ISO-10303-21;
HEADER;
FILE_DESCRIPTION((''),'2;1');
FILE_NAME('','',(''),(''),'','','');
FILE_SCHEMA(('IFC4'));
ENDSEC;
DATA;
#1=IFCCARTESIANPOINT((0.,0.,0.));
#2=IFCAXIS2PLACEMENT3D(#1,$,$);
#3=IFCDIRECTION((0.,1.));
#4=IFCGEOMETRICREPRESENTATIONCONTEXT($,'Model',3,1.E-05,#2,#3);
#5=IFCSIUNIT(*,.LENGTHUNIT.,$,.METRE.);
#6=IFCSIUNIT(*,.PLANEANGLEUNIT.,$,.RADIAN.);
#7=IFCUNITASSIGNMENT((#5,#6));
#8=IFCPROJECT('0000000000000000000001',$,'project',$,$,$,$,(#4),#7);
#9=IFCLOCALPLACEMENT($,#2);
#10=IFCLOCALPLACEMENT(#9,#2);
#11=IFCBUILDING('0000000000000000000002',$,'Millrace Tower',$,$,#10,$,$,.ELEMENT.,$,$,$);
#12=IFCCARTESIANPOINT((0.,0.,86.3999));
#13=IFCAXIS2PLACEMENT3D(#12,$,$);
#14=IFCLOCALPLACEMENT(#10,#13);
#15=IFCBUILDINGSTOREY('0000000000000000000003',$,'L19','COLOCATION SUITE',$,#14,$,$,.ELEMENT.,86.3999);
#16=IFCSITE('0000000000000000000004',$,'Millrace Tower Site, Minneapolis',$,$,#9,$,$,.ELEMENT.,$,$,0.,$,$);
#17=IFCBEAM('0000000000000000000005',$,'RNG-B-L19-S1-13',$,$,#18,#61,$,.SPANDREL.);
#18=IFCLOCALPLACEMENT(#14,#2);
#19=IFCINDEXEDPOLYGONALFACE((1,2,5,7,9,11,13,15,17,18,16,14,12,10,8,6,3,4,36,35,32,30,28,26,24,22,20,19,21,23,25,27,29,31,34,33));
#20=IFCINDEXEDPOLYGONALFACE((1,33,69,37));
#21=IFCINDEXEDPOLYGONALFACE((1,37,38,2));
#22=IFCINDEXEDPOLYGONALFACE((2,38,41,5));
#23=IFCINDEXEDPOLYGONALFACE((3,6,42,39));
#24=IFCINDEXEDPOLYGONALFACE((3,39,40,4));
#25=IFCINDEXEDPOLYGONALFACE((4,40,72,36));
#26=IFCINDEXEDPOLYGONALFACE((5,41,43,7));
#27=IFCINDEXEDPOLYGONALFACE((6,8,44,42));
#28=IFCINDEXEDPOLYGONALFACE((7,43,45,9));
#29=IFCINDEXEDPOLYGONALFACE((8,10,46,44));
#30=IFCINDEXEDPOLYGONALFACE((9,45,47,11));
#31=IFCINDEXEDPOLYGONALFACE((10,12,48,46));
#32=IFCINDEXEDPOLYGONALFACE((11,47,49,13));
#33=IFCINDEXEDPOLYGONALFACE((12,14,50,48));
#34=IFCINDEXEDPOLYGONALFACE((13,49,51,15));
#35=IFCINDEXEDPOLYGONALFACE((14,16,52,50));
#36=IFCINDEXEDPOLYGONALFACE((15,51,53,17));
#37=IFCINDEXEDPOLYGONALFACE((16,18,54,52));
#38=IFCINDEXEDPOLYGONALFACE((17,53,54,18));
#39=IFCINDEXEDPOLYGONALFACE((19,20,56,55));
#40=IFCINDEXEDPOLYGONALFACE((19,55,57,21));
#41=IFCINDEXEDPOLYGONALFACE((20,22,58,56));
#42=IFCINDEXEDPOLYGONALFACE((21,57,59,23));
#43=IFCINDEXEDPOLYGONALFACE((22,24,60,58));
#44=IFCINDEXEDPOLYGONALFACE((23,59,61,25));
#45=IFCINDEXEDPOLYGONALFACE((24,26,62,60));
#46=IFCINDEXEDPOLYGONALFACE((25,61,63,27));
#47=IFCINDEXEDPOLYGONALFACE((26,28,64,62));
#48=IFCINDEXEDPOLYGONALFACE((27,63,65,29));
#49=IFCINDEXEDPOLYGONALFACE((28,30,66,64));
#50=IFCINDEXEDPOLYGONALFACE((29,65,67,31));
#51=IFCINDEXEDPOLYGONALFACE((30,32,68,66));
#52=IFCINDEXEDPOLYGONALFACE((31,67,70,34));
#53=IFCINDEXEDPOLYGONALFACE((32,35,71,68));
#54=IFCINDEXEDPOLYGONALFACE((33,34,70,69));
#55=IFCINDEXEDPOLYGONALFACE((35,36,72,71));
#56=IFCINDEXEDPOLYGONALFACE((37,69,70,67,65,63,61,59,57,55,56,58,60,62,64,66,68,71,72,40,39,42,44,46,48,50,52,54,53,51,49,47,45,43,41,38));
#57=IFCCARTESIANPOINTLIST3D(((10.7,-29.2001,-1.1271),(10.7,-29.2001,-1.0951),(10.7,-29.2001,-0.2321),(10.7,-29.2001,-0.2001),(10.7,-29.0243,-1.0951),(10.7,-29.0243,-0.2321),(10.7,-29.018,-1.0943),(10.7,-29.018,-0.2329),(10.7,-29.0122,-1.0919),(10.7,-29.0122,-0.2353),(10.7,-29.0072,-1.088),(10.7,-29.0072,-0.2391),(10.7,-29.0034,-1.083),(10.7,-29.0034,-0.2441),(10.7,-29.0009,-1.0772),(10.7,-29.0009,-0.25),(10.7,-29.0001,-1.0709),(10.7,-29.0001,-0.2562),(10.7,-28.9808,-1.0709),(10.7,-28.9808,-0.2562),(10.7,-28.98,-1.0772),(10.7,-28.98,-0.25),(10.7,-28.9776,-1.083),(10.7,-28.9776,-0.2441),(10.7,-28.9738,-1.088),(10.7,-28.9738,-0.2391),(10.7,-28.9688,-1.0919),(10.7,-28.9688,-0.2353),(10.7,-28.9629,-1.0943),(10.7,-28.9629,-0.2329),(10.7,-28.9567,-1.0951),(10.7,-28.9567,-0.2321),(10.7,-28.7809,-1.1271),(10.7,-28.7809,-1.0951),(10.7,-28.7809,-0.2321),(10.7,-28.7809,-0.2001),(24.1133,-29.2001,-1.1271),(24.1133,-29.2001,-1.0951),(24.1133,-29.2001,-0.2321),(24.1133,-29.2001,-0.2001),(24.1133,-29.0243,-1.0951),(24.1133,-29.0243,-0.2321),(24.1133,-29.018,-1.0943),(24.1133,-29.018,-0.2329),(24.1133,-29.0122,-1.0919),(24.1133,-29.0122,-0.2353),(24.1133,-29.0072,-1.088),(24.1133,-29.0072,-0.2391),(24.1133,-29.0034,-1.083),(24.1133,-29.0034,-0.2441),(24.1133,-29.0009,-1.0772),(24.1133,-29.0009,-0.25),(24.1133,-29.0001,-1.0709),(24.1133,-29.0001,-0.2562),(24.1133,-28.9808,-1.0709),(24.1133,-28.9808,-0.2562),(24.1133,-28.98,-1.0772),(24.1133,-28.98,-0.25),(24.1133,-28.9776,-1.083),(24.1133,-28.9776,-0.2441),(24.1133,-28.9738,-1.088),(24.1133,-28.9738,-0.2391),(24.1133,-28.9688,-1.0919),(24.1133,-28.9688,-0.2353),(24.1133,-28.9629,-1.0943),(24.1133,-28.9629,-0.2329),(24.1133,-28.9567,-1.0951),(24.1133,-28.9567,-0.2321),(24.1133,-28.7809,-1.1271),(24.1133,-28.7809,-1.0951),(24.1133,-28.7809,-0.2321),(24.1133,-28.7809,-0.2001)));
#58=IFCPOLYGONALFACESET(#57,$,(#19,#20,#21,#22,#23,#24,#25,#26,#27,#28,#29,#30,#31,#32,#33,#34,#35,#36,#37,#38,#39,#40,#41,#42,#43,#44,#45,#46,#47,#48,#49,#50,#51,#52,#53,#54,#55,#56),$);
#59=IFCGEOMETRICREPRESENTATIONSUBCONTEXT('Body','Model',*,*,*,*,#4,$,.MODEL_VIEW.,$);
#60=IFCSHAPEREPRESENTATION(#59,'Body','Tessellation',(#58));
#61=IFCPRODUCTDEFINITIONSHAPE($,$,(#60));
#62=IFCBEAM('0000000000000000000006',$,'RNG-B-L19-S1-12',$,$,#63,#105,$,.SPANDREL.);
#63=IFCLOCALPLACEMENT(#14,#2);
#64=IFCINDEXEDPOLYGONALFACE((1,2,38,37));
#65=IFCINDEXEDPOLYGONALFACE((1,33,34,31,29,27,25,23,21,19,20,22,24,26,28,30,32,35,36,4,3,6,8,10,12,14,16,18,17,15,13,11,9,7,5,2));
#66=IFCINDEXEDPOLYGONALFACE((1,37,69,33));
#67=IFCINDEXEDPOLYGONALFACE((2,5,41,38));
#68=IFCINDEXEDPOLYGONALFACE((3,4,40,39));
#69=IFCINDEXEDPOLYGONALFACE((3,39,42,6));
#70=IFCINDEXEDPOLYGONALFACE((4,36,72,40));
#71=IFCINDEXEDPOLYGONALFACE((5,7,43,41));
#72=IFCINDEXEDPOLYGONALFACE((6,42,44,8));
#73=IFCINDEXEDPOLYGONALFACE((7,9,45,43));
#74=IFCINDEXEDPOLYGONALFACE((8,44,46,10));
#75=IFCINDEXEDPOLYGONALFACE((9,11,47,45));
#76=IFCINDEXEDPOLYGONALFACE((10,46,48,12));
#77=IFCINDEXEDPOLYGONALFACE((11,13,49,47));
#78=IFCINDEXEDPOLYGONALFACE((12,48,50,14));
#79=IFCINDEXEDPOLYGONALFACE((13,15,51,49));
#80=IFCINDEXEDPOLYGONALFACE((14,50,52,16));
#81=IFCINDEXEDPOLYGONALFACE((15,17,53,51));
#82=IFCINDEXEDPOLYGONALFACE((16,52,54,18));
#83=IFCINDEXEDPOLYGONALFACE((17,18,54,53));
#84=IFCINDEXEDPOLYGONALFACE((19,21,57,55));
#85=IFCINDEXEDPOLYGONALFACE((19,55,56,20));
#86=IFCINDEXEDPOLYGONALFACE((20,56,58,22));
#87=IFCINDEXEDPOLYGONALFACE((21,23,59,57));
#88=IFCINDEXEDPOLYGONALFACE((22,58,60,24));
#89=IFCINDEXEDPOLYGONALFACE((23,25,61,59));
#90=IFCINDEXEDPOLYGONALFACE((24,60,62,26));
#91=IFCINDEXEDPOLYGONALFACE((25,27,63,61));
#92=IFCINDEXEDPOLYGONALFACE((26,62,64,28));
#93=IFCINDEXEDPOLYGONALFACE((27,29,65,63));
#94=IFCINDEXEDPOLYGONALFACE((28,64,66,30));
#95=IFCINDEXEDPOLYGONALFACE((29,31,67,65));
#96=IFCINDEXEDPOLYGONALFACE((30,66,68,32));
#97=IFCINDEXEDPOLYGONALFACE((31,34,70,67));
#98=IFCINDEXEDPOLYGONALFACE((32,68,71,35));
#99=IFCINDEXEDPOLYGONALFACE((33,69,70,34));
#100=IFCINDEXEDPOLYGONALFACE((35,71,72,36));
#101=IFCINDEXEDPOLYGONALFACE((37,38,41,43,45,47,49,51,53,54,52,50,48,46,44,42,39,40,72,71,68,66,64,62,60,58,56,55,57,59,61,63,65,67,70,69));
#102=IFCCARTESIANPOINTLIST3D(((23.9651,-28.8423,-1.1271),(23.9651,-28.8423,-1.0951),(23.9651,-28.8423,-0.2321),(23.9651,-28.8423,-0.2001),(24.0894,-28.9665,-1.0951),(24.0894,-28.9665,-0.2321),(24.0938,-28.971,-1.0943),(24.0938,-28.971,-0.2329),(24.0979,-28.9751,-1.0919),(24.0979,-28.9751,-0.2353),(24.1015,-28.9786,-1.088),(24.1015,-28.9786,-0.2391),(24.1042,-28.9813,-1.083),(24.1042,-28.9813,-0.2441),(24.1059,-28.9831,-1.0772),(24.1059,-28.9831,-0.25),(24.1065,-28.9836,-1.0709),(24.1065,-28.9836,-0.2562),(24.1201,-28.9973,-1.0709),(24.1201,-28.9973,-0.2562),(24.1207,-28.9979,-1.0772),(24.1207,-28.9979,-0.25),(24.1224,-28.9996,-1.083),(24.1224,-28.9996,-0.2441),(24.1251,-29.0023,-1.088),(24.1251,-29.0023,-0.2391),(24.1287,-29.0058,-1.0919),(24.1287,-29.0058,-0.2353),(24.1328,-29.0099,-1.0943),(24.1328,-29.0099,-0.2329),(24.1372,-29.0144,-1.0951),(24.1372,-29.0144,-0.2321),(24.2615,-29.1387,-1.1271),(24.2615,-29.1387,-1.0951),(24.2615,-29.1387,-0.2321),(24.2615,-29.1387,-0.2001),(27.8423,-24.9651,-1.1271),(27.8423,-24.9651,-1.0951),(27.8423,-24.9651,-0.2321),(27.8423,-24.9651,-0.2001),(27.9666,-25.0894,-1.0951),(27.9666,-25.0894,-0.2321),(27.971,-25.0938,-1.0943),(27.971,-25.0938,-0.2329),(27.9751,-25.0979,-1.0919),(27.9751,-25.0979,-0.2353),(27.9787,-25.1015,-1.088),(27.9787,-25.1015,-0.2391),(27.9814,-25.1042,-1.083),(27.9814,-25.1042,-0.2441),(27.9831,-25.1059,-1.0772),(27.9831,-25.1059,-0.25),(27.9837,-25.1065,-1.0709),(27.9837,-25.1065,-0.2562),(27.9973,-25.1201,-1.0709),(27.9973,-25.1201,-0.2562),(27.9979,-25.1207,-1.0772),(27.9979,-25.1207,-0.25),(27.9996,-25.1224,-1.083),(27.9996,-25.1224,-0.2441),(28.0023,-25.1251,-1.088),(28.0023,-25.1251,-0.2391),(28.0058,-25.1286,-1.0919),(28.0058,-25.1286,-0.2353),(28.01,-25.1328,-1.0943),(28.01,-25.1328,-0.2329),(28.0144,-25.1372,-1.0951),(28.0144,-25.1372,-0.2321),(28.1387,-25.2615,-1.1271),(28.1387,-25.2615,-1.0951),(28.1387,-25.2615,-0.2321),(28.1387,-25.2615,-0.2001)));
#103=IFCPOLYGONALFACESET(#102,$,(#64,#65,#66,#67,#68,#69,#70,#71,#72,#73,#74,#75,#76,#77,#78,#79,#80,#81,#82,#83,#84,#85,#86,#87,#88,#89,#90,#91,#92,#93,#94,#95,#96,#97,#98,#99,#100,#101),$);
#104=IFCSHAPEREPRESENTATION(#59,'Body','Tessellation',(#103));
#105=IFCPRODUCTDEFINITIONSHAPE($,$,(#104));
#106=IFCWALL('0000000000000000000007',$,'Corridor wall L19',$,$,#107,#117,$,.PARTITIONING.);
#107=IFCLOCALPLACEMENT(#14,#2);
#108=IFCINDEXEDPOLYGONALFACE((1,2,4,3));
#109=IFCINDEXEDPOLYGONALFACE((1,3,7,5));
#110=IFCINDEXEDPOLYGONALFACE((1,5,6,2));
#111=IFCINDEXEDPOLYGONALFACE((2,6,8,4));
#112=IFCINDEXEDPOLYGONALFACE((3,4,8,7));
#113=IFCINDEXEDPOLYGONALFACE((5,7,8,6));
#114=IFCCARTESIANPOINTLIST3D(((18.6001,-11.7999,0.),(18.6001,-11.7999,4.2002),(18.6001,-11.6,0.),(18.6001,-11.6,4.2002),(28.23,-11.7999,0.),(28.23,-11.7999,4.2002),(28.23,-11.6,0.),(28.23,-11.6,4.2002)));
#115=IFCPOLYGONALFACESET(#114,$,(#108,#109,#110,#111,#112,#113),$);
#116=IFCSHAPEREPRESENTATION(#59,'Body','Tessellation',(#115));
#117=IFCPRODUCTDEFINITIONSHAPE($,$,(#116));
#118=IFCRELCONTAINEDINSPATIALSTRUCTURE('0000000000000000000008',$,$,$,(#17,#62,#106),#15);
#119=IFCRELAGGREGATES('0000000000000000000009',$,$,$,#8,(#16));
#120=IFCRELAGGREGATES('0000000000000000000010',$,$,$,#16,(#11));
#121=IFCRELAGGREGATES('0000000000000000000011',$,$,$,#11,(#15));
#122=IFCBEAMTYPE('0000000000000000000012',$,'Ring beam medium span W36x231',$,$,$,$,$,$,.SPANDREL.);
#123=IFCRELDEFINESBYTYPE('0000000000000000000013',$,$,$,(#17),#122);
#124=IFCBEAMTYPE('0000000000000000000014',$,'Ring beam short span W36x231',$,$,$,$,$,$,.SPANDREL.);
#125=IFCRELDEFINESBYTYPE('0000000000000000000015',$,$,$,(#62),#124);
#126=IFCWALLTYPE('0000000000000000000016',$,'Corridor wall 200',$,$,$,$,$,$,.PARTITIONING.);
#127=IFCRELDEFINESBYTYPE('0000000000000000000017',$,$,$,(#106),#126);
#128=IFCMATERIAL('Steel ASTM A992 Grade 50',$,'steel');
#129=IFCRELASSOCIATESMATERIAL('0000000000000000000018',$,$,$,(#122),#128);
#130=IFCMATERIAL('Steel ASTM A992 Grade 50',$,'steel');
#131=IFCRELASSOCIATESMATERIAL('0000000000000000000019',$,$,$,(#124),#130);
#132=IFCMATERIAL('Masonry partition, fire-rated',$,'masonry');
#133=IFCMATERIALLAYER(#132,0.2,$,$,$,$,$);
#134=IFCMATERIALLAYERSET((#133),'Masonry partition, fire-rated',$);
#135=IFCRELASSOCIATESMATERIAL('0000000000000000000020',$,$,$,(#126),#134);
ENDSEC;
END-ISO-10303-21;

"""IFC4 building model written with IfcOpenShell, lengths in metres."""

from ifc_helpers import new_model, si_unit, direction, frame, frame_2d, origin, origin_2d, place, context, subcontext, project, spatial, rectangle, i_section, extrude, material, layer, layer_set, material_profile, profile_set, type_object, element, save


model = new_model("IFC4")

# Units and contexts
model_context = context("Model", 3, precision=1e-05, world=origin(), true_north=direction((0.0, 1.0)))
body_context = subcontext(model_context, "Body", "Model", "MODEL_VIEW")
ifc_project = project(units=[si_unit("LENGTHUNIT", "METRE"), si_unit("PLANEANGLEUNIT", "RADIAN")], contexts=[model_context])

# Site, building, storey
site_placement = place(None, origin())
site = spatial("IfcSite", under=ifc_project, at=site_placement, Name="Millrace Tower Site, Minneapolis", CompositionType="ELEMENT", RefElevation=0.0)
building_placement = place(site_placement, origin())
building = spatial("IfcBuilding", under=site, at=building_placement, Name="Millrace Tower", CompositionType="ELEMENT")
storey_placement = place(building_placement, frame((0.0, 0.0, 86.3999)))
storey = spatial("IfcBuildingStorey", under=building, at=storey_placement, Name="L19", Description="COLOCATION SUITE", CompositionType="ELEMENT", Elevation=86.3999)

# Beams
ifc_material_1 = material(Name="Steel ASTM A992 Grade 50", Category="steel")
ifc_material_profile_1 = material_profile(ifc_material_1, i_section(OverallWidth=0.4192, OverallDepth=0.927, WebThickness=0.0193, FlangeThickness=0.032, FilletRadius=0.0242, at=origin_2d()))
ifc_profile_set_1 = profile_set([ifc_material_profile_1], Name="Steel ASTM A992 Grade 50")
beam_type_1 = type_object("IfcBeamType", Name="Ring beam medium span W36x231", PredefinedType="SPANDREL", material=ifc_profile_set_1)
for number, where, z_axis, x_axis, name in (
    (1, (24.1133, -28.9905, -0.6636), (-1.0, 0.0, 0.0), (0.0, -1.0, 0.0), "RNG-B-L19-S1-13"),
):
    element("IfcBeam", number, at=place(storey_placement, frame(where, z_axis=z_axis, x_axis=x_axis)), inside=storey, type_object=beam_type_1, Name=name, PredefinedType="SPANDREL", context=body_context, shape_type="SweptSolid", body=[
        extrude(i_section(OverallWidth=0.4192, OverallDepth=0.927, WebThickness=0.0193, FlangeThickness=0.032, FilletRadius=0.0242, at=origin_2d()), origin(), (0.0, 0.0, 1.0), 13.4133),
    ])
ifc_material_2 = material(Name="Steel ASTM A992 Grade 50", Category="steel")
ifc_material_profile_2 = material_profile(ifc_material_2, i_section(OverallWidth=0.4192, OverallDepth=0.927, WebThickness=0.0193, FlangeThickness=0.032, FilletRadius=0.0242, at=origin_2d()))
ifc_profile_set_2 = profile_set([ifc_material_profile_2], Name="Steel ASTM A992 Grade 50")
beam_type_2 = type_object("IfcBeamType", Name="Ring beam short span W36x231", PredefinedType="SPANDREL", material=ifc_profile_set_2)
beam_placement = place(storey_placement, frame((27.9905, -25.1133, -0.6636), z_axis=(-0.707107, -0.707107, 0.0), x_axis=(0.707107, -0.707107, 0.0)))
element("IfcBeam", 2, at=beam_placement, inside=storey, type_object=beam_type_2, Name="RNG-B-L19-S1-12", PredefinedType="SPANDREL", context=body_context, shape_type="SweptSolid", body=[
    extrude(i_section(OverallWidth=0.4192, OverallDepth=0.927, WebThickness=0.0193, FlangeThickness=0.032, FilletRadius=0.0242, at=origin_2d()), origin(), (0.0, 0.0, 1.0), 5.4832),
])

# Wall
ifc_material_3 = material(Name="Masonry partition, fire-rated", Category="masonry")
ifc_layer_1 = layer(ifc_material_3, 0.2)
ifc_layer_set_1 = layer_set([ifc_layer_1], Name="Masonry partition, fire-rated")
wall_type = type_object("IfcWallType", Name="Corridor wall 200", PredefinedType="PARTITIONING", material=ifc_layer_set_1)
wall_1_placement = place(storey_placement, frame((18.6001, -11.7, 0.0), z_axis=(0.0, 0.0, 1.0), x_axis=(1.0, 0.0, 0.0)))
element("IfcWall", 3, at=wall_1_placement, inside=storey, type_object=wall_type, Name="Corridor wall L19", PredefinedType="PARTITIONING", context=body_context, shape_type="SweptSolid", body=[
    extrude(rectangle(XDim=9.6299, YDim=0.2, at=frame_2d((4.8149, 0.0))), origin(), (0.0, 0.0, 1.0), 4.2002),
])

save(model, "model.ifc")
